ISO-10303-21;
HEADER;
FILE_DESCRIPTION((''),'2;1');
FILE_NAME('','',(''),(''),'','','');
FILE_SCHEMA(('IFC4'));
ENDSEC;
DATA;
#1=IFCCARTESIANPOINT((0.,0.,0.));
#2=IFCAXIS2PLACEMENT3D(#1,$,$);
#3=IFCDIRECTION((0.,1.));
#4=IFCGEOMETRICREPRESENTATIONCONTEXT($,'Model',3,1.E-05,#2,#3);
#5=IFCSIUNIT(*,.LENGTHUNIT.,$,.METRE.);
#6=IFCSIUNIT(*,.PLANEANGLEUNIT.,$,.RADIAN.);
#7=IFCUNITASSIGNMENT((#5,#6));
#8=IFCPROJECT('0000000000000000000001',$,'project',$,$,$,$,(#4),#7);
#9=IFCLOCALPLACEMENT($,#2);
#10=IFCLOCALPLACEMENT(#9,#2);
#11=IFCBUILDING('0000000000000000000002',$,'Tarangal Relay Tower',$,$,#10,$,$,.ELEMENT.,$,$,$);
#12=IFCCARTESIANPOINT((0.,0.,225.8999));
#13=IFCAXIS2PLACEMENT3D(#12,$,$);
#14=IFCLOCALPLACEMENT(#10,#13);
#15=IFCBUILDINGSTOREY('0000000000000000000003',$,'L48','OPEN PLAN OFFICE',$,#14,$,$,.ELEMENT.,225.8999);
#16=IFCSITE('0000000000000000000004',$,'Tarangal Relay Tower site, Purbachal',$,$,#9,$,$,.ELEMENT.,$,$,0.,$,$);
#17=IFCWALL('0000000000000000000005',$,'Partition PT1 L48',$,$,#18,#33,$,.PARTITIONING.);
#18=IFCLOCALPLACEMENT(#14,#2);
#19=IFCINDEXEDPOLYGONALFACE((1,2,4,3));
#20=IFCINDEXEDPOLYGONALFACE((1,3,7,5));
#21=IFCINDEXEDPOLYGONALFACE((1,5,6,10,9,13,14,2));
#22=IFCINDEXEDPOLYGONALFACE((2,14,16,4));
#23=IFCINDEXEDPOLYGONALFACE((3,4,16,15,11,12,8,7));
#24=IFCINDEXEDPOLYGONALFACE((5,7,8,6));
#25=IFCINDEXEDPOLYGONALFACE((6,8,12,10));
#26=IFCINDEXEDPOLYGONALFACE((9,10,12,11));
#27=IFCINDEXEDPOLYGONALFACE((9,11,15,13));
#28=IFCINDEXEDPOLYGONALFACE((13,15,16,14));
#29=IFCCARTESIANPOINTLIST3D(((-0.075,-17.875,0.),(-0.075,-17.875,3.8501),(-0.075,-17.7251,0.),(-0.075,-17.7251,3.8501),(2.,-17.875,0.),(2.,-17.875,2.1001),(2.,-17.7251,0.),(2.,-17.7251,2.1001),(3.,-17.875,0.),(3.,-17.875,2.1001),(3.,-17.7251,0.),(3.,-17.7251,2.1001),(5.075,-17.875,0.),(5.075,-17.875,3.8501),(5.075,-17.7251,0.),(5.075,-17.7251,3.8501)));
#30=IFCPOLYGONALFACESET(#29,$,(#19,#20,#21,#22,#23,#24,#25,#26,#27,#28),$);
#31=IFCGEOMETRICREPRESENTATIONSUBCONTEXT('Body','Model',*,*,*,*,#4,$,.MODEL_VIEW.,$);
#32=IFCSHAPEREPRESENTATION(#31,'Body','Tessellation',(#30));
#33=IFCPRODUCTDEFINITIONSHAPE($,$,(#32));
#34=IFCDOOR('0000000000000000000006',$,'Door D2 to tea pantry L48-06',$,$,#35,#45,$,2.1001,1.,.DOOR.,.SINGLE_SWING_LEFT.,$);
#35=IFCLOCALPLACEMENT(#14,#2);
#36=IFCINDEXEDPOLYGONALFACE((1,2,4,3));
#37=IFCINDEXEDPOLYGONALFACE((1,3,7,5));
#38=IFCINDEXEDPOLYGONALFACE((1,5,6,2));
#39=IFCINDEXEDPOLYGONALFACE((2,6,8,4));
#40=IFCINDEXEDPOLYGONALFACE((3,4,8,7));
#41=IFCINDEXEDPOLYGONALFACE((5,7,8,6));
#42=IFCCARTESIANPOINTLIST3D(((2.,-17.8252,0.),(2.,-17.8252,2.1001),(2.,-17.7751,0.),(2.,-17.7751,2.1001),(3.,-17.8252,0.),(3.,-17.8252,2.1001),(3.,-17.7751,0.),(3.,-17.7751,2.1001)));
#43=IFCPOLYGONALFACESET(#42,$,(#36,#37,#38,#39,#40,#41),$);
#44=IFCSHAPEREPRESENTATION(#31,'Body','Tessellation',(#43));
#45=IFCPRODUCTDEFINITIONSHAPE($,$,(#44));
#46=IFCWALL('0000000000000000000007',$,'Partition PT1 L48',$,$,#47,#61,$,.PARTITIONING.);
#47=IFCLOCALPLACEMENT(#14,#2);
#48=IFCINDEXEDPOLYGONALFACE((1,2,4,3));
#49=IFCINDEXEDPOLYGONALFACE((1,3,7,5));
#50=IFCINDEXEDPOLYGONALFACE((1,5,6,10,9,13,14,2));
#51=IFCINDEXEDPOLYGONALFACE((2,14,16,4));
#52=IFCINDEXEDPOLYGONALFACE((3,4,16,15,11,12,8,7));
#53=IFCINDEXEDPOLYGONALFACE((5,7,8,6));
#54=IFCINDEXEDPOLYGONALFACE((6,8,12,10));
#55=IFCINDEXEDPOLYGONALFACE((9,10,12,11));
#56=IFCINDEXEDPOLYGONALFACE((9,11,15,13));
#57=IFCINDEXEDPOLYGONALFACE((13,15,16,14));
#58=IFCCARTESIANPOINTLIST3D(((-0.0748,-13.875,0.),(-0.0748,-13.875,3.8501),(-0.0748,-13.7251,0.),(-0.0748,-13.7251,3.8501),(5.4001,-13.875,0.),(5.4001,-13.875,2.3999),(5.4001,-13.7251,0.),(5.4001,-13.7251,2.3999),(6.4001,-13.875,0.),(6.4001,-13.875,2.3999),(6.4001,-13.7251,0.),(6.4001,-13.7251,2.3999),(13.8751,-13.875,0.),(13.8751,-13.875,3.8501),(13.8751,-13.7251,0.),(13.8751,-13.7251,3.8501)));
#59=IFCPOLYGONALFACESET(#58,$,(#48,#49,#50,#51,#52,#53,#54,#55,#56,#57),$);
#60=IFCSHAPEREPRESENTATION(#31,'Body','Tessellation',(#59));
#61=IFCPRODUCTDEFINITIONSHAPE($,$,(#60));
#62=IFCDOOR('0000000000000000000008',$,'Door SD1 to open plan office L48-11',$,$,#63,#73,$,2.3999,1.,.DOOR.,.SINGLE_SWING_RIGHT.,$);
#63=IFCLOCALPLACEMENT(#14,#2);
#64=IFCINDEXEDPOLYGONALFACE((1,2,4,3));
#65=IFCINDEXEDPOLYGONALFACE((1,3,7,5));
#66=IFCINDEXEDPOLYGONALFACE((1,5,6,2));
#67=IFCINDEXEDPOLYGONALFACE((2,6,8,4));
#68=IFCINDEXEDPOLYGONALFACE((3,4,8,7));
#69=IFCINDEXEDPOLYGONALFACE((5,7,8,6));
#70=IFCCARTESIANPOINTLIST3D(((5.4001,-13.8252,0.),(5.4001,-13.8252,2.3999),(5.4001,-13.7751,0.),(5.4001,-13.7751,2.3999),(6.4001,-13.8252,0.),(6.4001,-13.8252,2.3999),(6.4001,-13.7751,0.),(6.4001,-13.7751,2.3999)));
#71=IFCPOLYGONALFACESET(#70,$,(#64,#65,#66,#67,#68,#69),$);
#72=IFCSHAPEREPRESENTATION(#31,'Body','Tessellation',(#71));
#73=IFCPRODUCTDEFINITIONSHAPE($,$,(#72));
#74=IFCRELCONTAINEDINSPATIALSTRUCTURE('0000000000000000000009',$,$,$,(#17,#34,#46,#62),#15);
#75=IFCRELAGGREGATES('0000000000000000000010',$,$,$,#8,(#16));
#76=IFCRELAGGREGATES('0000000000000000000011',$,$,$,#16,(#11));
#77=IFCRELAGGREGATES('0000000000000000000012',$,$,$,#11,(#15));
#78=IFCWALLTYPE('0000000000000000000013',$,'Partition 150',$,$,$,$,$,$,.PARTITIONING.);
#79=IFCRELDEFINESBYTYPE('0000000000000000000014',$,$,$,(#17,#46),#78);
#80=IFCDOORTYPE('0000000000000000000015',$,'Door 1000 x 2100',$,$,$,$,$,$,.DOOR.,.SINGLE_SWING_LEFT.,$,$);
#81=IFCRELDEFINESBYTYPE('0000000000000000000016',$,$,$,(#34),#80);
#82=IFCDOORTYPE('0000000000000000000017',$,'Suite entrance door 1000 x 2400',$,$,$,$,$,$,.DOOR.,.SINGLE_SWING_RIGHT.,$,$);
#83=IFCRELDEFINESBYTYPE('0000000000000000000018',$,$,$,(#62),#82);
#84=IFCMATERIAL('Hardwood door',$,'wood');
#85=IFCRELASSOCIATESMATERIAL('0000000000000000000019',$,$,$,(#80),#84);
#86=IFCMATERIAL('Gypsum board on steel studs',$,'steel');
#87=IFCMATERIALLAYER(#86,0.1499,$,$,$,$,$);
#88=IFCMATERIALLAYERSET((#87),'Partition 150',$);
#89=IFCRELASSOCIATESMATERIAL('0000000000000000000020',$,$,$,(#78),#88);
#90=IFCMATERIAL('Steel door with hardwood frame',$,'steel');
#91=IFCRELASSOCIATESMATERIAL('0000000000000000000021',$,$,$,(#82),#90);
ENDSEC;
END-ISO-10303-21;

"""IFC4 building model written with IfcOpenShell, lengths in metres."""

from ifc_helpers import new_model, si_unit, direction, frame, frame_2d, origin, place, context, subcontext, project, spatial, rectangle, extrude, material, layer, layer_set, type_object, element, fill, save


model = new_model("IFC4")

# Units and contexts
model_context = context("Model", 3, precision=1e-05, world=origin(), true_north=direction((0.0, 1.0)))
body_context = subcontext(model_context, "Body", "Model", "MODEL_VIEW")
ifc_project = project(units=[si_unit("LENGTHUNIT", "METRE"), si_unit("PLANEANGLEUNIT", "RADIAN")], contexts=[model_context])

# Site, building, storey
site_placement = place(None, origin())
site = spatial("IfcSite", under=ifc_project, at=site_placement, Name="Tarangal Relay Tower site, Purbachal", CompositionType="ELEMENT", RefElevation=0.0)
building_placement = place(site_placement, origin())
building = spatial("IfcBuilding", under=site, at=building_placement, Name="Tarangal Relay Tower", CompositionType="ELEMENT")
storey_placement = place(building_placement, frame((0.0, 0.0, 225.8999)))
storey = spatial("IfcBuildingStorey", under=building, at=storey_placement, Name="L48", Description="OPEN PLAN OFFICE", CompositionType="ELEMENT", Elevation=225.8999)

# Shared definitions
ifc_material_1 = material(Name="Hardwood door", Category="wood")
door_type_1 = type_object("IfcDoorType", Name="Door 1000 x 2100", OperationType="SINGLE_SWING_LEFT", PredefinedType="DOOR", material=ifc_material_1)

# Walls, openings, doors
ifc_material_2 = material(Name="Gypsum board on steel studs", Category="steel")
ifc_layer_1 = layer(ifc_material_2, 0.1499)
ifc_layer_set_1 = layer_set([ifc_layer_1], Name="Partition 150")
wall_type_1 = type_object("IfcWallType", Name="Partition 150", PredefinedType="PARTITIONING", material=ifc_layer_set_1)
wall_1_placement = place(storey_placement, frame((-0.075, -17.8, 0.0), z_axis=(0.0, 0.0, 1.0), x_axis=(1.0, 0.0, 0.0)))
wall_1 = element("IfcWall", 1, at=wall_1_placement, inside=storey, type_object=wall_type_1, Name="Partition PT1 L48", PredefinedType="PARTITIONING", context=body_context, shape_type="SweptSolid", body=[
    extrude(rectangle(XDim=5.1499, YDim=0.1499, at=frame_2d((2.575, 0.0))), origin(), (0.0, 0.0, 1.0), 3.8501),
])
opening_1_placement = place(wall_1_placement, frame((2.075, 0.0, 0.0)))
opening_1 = element("IfcOpeningElement", 2, at=opening_1_placement, cuts=wall_1, PredefinedType="OPENING", context=body_context, shape_type="SweptSolid", body=[
    extrude(rectangle(XDim=1.0, YDim=2.1001, at=frame_2d((0.5, 1.05))), frame((0.0, 0.085, 0.0), z_axis=(0.0, -1.0, 0.0), x_axis=(1.0, 0.0, 0.0)), (0.0, 0.0, 1.0), 0.1699),
])
door_1_placement = place(opening_1_placement, origin())
door_1 = element("IfcDoor", 3, at=door_1_placement, inside=storey, type_object=door_type_1, Name="Door D2 to tea pantry L48-06", OperationType="SINGLE_SWING_LEFT", OverallHeight=2.1001, OverallWidth=1.0, PredefinedType="DOOR", context=body_context, shape_type="SweptSolid", body=[
    extrude(rectangle(XDim=1.0, YDim=2.1001, at=frame_2d((0.5, 1.05))), frame((0.0, 0.0249, 0.0), z_axis=(0.0, -1.0, 0.0), x_axis=(1.0, 0.0, 0.0)), (0.0, 0.0, 1.0), 0.05),
])
fill(opening_1, door_1)
wall_2_placement = place(storey_placement, frame((-0.075, -13.8, 0.0), z_axis=(0.0, 0.0, 1.0), x_axis=(1.0, 0.0, 0.0)))
wall_2 = element("IfcWall", 4, at=wall_2_placement, inside=storey, type_object=wall_type_1, Name="Partition PT1 L48", PredefinedType="PARTITIONING", context=body_context, shape_type="SweptSolid", body=[
    extrude(rectangle(XDim=13.95, YDim=0.1499, at=frame_2d((6.9751, 0.0))), origin(), (0.0, 0.0, 1.0), 3.8501),
])
opening_2_placement = place(wall_2_placement, frame((5.4751, 0.0, 0.0)))
opening_2 = element("IfcOpeningElement", 5, at=opening_2_placement, cuts=wall_2, PredefinedType="OPENING", context=body_context, shape_type="SweptSolid", body=[
    extrude(rectangle(XDim=1.0, YDim=2.3999, at=frame_2d((0.5, 1.2))), frame((0.0, 0.085, 0.0), z_axis=(0.0, -1.0, 0.0), x_axis=(1.0, 0.0, 0.0)), (0.0, 0.0, 1.0), 0.1699),
])
ifc_material_3 = material(Name="Steel door with hardwood frame", Category="steel")
door_type_2 = type_object("IfcDoorType", Name="Suite entrance door 1000 x 2400", OperationType="SINGLE_SWING_RIGHT", PredefinedType="DOOR", material=ifc_material_3)
door_2_placement = place(opening_2_placement, origin())
door_2 = element("IfcDoor", 6, at=door_2_placement, inside=storey, type_object=door_type_2, Name="Door SD1 to open plan office L48-11", OperationType="SINGLE_SWING_RIGHT", OverallHeight=2.3999, OverallWidth=1.0, PredefinedType="DOOR", context=body_context, shape_type="SweptSolid", body=[
    extrude(rectangle(XDim=1.0, YDim=2.3999, at=frame_2d((0.5, 1.2))), frame((0.0, 0.0249, 0.0), z_axis=(0.0, -1.0, 0.0), x_axis=(1.0, 0.0, 0.0)), (0.0, 0.0, 1.0), 0.05),
])
fill(opening_2, door_2)

save(model, "model.ifc")
